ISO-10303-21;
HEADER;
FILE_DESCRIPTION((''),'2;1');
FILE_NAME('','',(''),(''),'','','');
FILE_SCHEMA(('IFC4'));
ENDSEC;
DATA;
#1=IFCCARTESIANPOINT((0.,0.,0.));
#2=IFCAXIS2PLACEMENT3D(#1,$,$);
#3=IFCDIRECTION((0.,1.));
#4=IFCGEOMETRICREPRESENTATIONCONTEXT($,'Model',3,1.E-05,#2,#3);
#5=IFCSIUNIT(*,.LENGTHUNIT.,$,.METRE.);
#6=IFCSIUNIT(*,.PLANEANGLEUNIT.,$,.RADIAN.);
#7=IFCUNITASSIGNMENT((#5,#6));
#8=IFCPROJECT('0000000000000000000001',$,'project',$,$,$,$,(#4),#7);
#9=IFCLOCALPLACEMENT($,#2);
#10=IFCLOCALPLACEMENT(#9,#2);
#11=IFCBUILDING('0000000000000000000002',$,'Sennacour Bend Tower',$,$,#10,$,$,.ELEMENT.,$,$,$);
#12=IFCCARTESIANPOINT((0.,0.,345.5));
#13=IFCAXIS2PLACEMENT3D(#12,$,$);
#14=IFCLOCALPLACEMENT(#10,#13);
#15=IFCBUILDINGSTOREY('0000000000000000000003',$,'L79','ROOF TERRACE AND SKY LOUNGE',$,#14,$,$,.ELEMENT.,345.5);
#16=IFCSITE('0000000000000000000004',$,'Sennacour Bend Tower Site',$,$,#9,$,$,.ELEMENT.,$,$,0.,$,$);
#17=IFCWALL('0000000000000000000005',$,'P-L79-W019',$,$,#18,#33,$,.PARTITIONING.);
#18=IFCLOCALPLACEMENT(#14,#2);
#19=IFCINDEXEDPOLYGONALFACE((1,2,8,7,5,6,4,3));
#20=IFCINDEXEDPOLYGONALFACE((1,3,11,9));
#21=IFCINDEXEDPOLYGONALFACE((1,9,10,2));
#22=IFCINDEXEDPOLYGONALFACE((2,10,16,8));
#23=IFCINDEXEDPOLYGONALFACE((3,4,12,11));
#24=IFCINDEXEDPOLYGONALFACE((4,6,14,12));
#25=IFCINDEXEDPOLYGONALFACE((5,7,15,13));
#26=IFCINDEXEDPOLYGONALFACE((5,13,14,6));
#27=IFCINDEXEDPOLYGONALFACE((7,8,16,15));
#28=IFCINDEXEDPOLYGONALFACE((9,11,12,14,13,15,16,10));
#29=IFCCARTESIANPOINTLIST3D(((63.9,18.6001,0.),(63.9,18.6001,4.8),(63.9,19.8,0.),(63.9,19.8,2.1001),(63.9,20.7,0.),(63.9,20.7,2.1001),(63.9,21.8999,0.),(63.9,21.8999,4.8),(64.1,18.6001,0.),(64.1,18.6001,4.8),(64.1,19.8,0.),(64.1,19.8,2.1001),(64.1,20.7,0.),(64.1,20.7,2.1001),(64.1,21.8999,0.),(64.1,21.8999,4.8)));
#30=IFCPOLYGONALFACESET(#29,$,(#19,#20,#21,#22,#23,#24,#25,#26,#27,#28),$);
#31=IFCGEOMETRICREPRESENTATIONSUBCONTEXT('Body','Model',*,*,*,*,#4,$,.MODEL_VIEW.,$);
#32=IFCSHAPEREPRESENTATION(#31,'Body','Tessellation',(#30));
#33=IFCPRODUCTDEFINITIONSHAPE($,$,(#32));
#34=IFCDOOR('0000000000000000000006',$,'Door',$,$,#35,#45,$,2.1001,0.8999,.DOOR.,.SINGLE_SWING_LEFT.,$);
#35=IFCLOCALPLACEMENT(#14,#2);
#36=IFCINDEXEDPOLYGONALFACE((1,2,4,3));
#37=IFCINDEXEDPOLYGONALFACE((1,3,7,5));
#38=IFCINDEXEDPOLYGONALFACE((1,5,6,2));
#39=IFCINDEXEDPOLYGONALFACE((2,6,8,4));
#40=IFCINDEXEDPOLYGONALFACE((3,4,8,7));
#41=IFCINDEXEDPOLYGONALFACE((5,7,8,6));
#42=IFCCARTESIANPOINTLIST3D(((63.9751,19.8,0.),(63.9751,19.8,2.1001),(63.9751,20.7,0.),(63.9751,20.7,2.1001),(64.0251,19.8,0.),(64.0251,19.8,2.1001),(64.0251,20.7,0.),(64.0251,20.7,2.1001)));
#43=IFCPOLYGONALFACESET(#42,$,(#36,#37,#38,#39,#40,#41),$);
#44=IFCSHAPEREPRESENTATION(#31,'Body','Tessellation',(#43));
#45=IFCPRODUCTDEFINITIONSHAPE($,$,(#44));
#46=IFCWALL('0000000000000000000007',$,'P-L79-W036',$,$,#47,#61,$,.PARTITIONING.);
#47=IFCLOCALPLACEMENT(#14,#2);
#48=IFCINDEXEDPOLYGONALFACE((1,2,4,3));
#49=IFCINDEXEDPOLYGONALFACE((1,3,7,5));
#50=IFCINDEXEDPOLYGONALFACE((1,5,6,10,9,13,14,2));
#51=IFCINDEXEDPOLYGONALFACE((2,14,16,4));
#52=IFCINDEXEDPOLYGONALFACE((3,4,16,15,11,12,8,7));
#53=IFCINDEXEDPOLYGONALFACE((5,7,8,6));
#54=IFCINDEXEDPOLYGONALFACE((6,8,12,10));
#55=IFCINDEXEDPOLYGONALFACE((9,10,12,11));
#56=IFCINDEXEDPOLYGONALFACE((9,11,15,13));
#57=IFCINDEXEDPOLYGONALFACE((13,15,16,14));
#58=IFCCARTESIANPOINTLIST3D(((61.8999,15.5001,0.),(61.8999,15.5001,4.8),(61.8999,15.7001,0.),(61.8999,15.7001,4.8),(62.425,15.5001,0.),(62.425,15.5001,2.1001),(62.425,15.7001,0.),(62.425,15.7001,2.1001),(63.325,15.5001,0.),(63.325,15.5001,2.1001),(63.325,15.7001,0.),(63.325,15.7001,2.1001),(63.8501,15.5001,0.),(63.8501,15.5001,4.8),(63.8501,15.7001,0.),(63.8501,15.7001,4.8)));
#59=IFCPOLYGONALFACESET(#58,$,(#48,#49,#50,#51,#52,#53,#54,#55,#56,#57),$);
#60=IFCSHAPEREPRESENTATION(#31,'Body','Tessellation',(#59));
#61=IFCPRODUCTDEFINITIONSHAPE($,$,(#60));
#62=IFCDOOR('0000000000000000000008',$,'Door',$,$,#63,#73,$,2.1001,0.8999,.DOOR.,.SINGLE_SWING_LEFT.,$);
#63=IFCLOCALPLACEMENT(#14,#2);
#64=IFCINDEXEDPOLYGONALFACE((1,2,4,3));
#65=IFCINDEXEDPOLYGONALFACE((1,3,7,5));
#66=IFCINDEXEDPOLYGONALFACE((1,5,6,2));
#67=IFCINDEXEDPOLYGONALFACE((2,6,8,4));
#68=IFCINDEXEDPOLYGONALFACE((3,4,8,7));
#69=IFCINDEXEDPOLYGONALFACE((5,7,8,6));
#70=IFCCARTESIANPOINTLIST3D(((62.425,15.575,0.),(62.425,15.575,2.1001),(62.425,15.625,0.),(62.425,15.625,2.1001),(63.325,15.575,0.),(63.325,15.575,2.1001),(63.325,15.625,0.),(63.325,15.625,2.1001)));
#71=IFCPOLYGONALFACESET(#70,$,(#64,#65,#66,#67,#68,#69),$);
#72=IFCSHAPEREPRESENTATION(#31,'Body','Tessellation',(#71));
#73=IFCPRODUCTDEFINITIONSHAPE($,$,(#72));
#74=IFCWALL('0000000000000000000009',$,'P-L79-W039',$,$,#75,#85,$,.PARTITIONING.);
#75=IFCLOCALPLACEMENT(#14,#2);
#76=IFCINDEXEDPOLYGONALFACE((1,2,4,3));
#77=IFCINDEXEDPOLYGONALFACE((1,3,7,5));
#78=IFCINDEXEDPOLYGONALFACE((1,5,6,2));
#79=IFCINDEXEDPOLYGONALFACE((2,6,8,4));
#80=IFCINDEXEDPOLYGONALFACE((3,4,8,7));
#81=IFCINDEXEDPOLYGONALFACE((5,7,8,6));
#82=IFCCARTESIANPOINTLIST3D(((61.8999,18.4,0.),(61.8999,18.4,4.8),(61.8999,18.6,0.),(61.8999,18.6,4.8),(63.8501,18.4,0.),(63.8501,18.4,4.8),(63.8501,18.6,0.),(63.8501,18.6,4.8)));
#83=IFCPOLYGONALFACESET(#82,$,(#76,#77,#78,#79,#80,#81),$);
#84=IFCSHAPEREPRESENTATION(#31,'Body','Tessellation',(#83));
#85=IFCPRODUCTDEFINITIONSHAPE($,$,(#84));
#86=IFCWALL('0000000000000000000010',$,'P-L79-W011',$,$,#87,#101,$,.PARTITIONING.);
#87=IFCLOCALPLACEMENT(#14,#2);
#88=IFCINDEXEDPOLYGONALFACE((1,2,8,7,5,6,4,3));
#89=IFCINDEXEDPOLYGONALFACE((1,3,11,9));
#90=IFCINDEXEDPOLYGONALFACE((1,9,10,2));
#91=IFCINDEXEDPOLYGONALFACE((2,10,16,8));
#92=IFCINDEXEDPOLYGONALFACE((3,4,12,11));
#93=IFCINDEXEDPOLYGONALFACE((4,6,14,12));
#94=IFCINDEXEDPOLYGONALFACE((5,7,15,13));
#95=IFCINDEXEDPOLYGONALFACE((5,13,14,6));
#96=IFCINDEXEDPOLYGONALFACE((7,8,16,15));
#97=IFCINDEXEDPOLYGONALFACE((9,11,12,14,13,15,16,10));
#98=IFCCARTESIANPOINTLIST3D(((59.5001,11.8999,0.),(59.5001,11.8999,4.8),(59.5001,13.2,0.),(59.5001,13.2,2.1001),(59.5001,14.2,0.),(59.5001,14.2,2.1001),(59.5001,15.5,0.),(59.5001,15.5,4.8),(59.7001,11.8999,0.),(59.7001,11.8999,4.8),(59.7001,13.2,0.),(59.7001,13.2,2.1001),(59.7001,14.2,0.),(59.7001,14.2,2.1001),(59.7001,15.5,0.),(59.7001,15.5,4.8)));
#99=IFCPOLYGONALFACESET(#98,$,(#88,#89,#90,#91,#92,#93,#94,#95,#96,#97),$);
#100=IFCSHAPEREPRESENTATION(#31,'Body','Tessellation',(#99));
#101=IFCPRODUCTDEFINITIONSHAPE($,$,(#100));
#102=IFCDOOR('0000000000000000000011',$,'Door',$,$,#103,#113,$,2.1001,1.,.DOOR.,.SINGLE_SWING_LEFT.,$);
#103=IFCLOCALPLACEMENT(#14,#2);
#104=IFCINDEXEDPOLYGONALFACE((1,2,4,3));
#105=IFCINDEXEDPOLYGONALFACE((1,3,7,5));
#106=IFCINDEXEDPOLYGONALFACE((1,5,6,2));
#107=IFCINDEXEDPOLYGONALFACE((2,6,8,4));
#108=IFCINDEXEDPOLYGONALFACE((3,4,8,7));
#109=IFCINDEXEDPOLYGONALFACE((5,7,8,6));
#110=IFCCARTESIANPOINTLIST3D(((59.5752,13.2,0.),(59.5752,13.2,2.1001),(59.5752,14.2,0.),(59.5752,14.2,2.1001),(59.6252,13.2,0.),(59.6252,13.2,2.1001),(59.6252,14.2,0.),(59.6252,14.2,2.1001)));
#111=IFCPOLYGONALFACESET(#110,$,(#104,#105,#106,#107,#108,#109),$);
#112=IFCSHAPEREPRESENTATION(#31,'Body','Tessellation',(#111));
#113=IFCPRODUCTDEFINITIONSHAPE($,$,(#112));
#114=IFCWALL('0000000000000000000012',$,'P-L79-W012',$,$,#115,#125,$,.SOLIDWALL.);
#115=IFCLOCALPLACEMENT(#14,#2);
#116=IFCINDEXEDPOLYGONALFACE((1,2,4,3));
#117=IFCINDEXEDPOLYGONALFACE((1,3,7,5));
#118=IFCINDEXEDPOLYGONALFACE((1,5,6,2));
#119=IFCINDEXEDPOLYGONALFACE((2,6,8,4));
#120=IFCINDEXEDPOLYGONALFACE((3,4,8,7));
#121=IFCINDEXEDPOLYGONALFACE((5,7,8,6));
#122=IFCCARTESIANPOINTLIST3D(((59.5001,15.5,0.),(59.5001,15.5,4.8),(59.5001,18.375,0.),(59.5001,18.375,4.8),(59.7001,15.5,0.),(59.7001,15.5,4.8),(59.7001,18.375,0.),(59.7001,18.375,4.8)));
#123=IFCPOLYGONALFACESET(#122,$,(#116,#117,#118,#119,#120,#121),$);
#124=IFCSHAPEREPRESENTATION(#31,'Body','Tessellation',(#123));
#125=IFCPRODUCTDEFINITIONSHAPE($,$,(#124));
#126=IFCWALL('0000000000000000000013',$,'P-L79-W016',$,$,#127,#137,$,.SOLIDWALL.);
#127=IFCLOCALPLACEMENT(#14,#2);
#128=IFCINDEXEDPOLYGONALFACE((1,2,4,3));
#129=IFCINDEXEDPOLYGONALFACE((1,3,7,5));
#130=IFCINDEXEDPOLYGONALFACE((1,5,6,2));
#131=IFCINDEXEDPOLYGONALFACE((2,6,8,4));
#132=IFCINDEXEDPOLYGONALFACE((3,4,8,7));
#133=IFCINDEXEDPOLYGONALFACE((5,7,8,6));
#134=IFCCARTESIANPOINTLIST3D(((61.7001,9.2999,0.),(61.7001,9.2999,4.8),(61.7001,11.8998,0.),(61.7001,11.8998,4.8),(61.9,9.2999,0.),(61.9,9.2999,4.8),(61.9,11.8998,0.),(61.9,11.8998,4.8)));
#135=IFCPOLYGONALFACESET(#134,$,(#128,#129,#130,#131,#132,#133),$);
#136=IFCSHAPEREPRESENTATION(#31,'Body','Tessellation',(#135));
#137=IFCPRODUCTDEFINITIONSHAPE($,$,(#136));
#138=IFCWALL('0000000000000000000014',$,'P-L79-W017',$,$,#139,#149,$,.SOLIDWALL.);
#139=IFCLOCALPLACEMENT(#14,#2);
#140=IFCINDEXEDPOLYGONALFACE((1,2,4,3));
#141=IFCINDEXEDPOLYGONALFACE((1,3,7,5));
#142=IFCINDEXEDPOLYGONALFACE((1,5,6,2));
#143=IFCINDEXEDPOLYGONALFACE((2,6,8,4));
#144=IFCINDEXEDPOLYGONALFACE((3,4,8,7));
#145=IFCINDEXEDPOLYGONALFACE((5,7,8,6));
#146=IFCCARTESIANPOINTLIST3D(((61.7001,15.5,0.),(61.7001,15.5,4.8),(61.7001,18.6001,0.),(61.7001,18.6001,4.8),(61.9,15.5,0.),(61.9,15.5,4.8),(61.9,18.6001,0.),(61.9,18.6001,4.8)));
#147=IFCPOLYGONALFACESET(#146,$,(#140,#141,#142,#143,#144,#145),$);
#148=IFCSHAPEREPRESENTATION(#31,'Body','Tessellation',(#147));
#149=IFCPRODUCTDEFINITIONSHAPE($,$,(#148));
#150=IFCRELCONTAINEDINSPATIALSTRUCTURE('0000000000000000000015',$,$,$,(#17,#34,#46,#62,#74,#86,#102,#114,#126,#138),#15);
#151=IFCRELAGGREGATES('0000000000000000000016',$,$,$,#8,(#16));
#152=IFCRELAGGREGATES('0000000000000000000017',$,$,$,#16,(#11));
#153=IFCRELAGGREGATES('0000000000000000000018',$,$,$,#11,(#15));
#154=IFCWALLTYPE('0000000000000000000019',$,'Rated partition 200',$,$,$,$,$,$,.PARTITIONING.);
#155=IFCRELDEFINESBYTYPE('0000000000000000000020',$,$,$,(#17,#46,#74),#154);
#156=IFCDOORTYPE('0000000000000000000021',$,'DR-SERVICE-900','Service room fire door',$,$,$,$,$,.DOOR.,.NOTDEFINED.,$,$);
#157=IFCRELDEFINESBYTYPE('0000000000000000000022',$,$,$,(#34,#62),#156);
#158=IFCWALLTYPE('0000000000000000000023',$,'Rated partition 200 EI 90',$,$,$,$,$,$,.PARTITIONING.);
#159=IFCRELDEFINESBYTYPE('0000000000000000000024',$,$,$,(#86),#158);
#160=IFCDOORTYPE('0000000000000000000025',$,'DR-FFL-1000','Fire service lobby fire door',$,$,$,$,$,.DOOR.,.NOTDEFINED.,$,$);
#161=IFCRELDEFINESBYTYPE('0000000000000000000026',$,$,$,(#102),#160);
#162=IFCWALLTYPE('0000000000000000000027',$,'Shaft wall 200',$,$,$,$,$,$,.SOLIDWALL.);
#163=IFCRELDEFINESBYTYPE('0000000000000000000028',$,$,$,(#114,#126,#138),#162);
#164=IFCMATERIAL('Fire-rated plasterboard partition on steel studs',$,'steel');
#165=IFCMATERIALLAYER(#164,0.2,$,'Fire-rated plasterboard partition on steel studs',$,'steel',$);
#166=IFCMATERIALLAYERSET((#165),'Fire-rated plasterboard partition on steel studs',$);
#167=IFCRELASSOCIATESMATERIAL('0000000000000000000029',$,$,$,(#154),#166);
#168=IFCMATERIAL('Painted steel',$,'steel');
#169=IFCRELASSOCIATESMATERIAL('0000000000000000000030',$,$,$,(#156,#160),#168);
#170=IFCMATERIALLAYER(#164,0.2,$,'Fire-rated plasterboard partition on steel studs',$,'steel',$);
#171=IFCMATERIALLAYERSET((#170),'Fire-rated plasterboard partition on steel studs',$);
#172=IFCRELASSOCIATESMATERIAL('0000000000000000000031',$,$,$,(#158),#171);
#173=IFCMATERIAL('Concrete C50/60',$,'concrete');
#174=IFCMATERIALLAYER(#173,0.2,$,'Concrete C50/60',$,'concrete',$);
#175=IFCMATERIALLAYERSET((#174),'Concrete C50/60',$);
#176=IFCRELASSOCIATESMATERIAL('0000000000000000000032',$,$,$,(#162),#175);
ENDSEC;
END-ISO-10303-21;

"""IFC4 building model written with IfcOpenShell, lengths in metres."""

from ifc_helpers import new_model, si_unit, direction, frame, frame_2d, origin, place, context, subcontext, project, spatial, rectangle, extrude, material, layer, layer_set, type_object, element, fill, save


model = new_model("IFC4")

# Units and contexts
model_context = context("Model", 3, precision=1e-05, world=origin(), true_north=direction((0.0, 1.0)))
body_context = subcontext(model_context, "Body", "Model", "MODEL_VIEW")
ifc_project = project(units=[si_unit("LENGTHUNIT", "METRE"), si_unit("PLANEANGLEUNIT", "RADIAN")], contexts=[model_context])

# Site, building, storey
site_placement = place(None, origin())
site = spatial("IfcSite", under=ifc_project, at=site_placement, Name="Sennacour Bend Tower Site", CompositionType="ELEMENT", RefElevation=0.0)
building_placement = place(site_placement, origin())
building = spatial("IfcBuilding", under=site, at=building_placement, Name="Sennacour Bend Tower", CompositionType="ELEMENT")
storey_placement = place(building_placement, frame((0.0, 0.0, 345.5)))
storey = spatial("IfcBuildingStorey", under=building, at=storey_placement, Name="L79", Description="ROOF TERRACE AND SKY LOUNGE", CompositionType="ELEMENT", Elevation=345.5)

# Walls, openings, doors
ifc_material_1 = material(Name="Fire-rated plasterboard partition on steel studs", Category="steel")
ifc_layer_1 = layer(ifc_material_1, 0.2, Name="Fire-rated plasterboard partition on steel studs", Category="steel")
ifc_layer_set_1 = layer_set([ifc_layer_1], Name="Fire-rated plasterboard partition on steel studs")
wall_type_1 = type_object("IfcWallType", Name="Rated partition 200", PredefinedType="PARTITIONING", material=ifc_layer_set_1)
wall_1_placement = place(storey_placement, frame((64.0, 18.6001, 0.0), z_axis=(0.0, 0.0, 1.0), x_axis=(0.0, 1.0, 0.0)))
wall_1 = element("IfcWall", 1, at=wall_1_placement, inside=storey, type_object=wall_type_1, Name="P-L79-W019", PredefinedType="PARTITIONING", context=body_context, shape_type="SweptSolid", body=[
    extrude(rectangle(XDim=3.2998, YDim=0.2, at=frame_2d((1.6499, 0.0))), origin(), (0.0, 0.0, 1.0), 4.8),
])
opening_1_placement = place(wall_1_placement, frame((1.2, 0.0, 0.0)))
opening_1 = element("IfcOpeningElement", 2, at=opening_1_placement, cuts=wall_1, PredefinedType="OPENING", context=body_context, shape_type="SweptSolid", body=[
    extrude(rectangle(XDim=0.8999, YDim=2.1001, at=frame_2d((0.45, 1.05))), frame((0.0, 0.1099, 0.0), z_axis=(0.0, -1.0, 0.0), x_axis=(1.0, 0.0, 0.0)), (0.0, 0.0, 1.0), 0.22),
])
ifc_material_2 = material(Name="Painted steel", Category="steel")
door_type_1 = type_object("IfcDoorType", Name="DR-SERVICE-900", Description="Service room fire door", OperationType="NOTDEFINED", PredefinedType="DOOR", material=ifc_material_2)
door_1_placement = place(opening_1_placement, origin())
door_1 = element("IfcDoor", 3, at=door_1_placement, inside=storey, type_object=door_type_1, Name="Door", OperationType="SINGLE_SWING_LEFT", OverallHeight=2.1001, OverallWidth=0.8999, PredefinedType="DOOR", context=body_context, shape_type="SweptSolid", body=[
    extrude(rectangle(XDim=0.8999, YDim=2.1001, at=frame_2d((0.45, 1.05))), frame((0.0, 0.0249, 0.0), z_axis=(0.0, -1.0, 0.0), x_axis=(1.0, 0.0, 0.0)), (0.0, 0.0, 1.0), 0.05),
])
fill(opening_1, door_1)
wall_2_placement = place(storey_placement, frame((61.8999, 15.6001, 0.0), z_axis=(0.0, 0.0, 1.0), x_axis=(1.0, 0.0, 0.0)))
wall_2 = element("IfcWall", 4, at=wall_2_placement, inside=storey, type_object=wall_type_1, Name="P-L79-W036", PredefinedType="PARTITIONING", context=body_context, shape_type="SweptSolid", body=[
    extrude(rectangle(XDim=1.9502, YDim=0.2, at=frame_2d((0.9751, 0.0))), origin(), (0.0, 0.0, 1.0), 4.8),
])
opening_2_placement = place(wall_2_placement, frame((0.5251, 0.0, 0.0)))
opening_2 = element("IfcOpeningElement", 5, at=opening_2_placement, cuts=wall_2, PredefinedType="OPENING", context=body_context, shape_type="SweptSolid", body=[
    extrude(rectangle(XDim=0.8999, YDim=2.1001, at=frame_2d((0.45, 1.05))), frame((0.0, 0.1099, 0.0), z_axis=(0.0, -1.0, 0.0), x_axis=(1.0, 0.0, 0.0)), (0.0, 0.0, 1.0), 0.22),
])
door_2_placement = place(opening_2_placement, origin())
door_2 = element("IfcDoor", 6, at=door_2_placement, inside=storey, type_object=door_type_1, Name="Door", OperationType="SINGLE_SWING_LEFT", OverallHeight=2.1001, OverallWidth=0.8999, PredefinedType="DOOR", context=body_context, shape_type="SweptSolid", body=[
    extrude(rectangle(XDim=0.8999, YDim=2.1001, at=frame_2d((0.45, 1.05))), frame((0.0, 0.0249, 0.0), z_axis=(0.0, -1.0, 0.0), x_axis=(1.0, 0.0, 0.0)), (0.0, 0.0, 1.0), 0.05),
])
fill(opening_2, door_2)

# Wall
wall_3_placement = place(storey_placement, frame((61.8999, 18.5, 0.0), z_axis=(0.0, 0.0, 1.0), x_axis=(1.0, 0.0, 0.0)))
element("IfcWall", 7, at=wall_3_placement, inside=storey, type_object=wall_type_1, Name="P-L79-W039", PredefinedType="PARTITIONING", context=body_context, shape_type="SweptSolid", body=[
    extrude(rectangle(XDim=1.9502, YDim=0.2, at=frame_2d((0.9751, 0.0))), origin(), (0.0, 0.0, 1.0), 4.8),
])

# Wall, opening, door
ifc_layer_2 = layer(ifc_material_1, 0.2, Name="Fire-rated plasterboard partition on steel studs", Category="steel")
ifc_layer_set_2 = layer_set([ifc_layer_2], Name="Fire-rated plasterboard partition on steel studs")
wall_type_2 = type_object("IfcWallType", Name="Rated partition 200 EI 90", PredefinedType="PARTITIONING", material=ifc_layer_set_2)
wall_4_placement = place(storey_placement, frame((59.6001, 11.8999, 0.0), z_axis=(0.0, 0.0, 1.0), x_axis=(0.0, 1.0, 0.0)))
wall_4 = element("IfcWall", 8, at=wall_4_placement, inside=storey, type_object=wall_type_2, Name="P-L79-W011", PredefinedType="PARTITIONING", context=body_context, shape_type="SweptSolid", body=[
    extrude(rectangle(XDim=3.6001, YDim=0.2, at=frame_2d((1.8, 0.0))), origin(), (0.0, 0.0, 1.0), 4.8),
])
opening_3_placement = place(wall_4_placement, frame((1.3, 0.0, 0.0)))
opening_3 = element("IfcOpeningElement", 9, at=opening_3_placement, cuts=wall_4, PredefinedType="OPENING", context=body_context, shape_type="SweptSolid", body=[
    extrude(rectangle(XDim=1.0, YDim=2.1001, at=frame_2d((0.5, 1.05))), frame((0.0, 0.1099, 0.0), z_axis=(0.0, -1.0, 0.0), x_axis=(1.0, 0.0, 0.0)), (0.0, 0.0, 1.0), 0.22),
])
door_type_2 = type_object("IfcDoorType", Name="DR-FFL-1000", Description="Fire service lobby fire door", OperationType="NOTDEFINED", PredefinedType="DOOR", material=ifc_material_2)
door_3_placement = place(opening_3_placement, origin())
door_3 = element("IfcDoor", 10, at=door_3_placement, inside=storey, type_object=door_type_2, Name="Door", OperationType="SINGLE_SWING_LEFT", OverallHeight=2.1001, OverallWidth=1.0, PredefinedType="DOOR", context=body_context, shape_type="SweptSolid", body=[
    extrude(rectangle(XDim=1.0, YDim=2.1001, at=frame_2d((0.5, 1.05))), frame((0.0, 0.0249, 0.0), z_axis=(0.0, -1.0, 0.0), x_axis=(1.0, 0.0, 0.0)), (0.0, 0.0, 1.0), 0.05),
])
fill(opening_3, door_3)

# Walls
ifc_material_3 = material(Name="Concrete C50/60", Category="concrete")
ifc_layer_3 = layer(ifc_material_3, 0.2, Name="Concrete C50/60", Category="concrete")
ifc_layer_set_3 = layer_set([ifc_layer_3], Name="Concrete C50/60")
wall_type_3 = type_object("IfcWallType", Name="Shaft wall 200", PredefinedType="SOLIDWALL", material=ifc_layer_set_3)
wall_5_placement = place(storey_placement, frame((59.6001, 15.5, 0.0), z_axis=(0.0, 0.0, 1.0), x_axis=(0.0, 1.0, 0.0)))
element("IfcWall", 11, at=wall_5_placement, inside=storey, type_object=wall_type_3, Name="P-L79-W012", PredefinedType="SOLIDWALL", context=body_context, shape_type="SweptSolid", body=[
    extrude(rectangle(XDim=2.875, YDim=0.2, at=frame_2d((1.4375, 0.0))), origin(), (0.0, 0.0, 1.0), 4.8),
])
wall_6_placement = place(storey_placement, frame((61.8, 9.3, 0.0), z_axis=(0.0, 0.0, 1.0), x_axis=(0.0, 1.0, 0.0)))
element("IfcWall", 12, at=wall_6_placement, inside=storey, type_object=wall_type_3, Name="P-L79-W016", PredefinedType="SOLIDWALL", context=body_context, shape_type="SweptSolid", body=[
    extrude(rectangle(XDim=2.5999, YDim=0.2, at=frame_2d((1.2998, 0.0))), origin(), (0.0, 0.0, 1.0), 4.8),
])
wall_7_placement = place(storey_placement, frame((61.8, 15.5, 0.0), z_axis=(0.0, 0.0, 1.0), x_axis=(0.0, 1.0, 0.0)))
element("IfcWall", 13, at=wall_7_placement, inside=storey, type_object=wall_type_3, Name="P-L79-W017", PredefinedType="SOLIDWALL", context=body_context, shape_type="SweptSolid", body=[
    extrude(rectangle(XDim=3.1001, YDim=0.2, at=frame_2d((1.55, 0.0))), origin(), (0.0, 0.0, 1.0), 4.8),
])

save(model, "model.ifc")
